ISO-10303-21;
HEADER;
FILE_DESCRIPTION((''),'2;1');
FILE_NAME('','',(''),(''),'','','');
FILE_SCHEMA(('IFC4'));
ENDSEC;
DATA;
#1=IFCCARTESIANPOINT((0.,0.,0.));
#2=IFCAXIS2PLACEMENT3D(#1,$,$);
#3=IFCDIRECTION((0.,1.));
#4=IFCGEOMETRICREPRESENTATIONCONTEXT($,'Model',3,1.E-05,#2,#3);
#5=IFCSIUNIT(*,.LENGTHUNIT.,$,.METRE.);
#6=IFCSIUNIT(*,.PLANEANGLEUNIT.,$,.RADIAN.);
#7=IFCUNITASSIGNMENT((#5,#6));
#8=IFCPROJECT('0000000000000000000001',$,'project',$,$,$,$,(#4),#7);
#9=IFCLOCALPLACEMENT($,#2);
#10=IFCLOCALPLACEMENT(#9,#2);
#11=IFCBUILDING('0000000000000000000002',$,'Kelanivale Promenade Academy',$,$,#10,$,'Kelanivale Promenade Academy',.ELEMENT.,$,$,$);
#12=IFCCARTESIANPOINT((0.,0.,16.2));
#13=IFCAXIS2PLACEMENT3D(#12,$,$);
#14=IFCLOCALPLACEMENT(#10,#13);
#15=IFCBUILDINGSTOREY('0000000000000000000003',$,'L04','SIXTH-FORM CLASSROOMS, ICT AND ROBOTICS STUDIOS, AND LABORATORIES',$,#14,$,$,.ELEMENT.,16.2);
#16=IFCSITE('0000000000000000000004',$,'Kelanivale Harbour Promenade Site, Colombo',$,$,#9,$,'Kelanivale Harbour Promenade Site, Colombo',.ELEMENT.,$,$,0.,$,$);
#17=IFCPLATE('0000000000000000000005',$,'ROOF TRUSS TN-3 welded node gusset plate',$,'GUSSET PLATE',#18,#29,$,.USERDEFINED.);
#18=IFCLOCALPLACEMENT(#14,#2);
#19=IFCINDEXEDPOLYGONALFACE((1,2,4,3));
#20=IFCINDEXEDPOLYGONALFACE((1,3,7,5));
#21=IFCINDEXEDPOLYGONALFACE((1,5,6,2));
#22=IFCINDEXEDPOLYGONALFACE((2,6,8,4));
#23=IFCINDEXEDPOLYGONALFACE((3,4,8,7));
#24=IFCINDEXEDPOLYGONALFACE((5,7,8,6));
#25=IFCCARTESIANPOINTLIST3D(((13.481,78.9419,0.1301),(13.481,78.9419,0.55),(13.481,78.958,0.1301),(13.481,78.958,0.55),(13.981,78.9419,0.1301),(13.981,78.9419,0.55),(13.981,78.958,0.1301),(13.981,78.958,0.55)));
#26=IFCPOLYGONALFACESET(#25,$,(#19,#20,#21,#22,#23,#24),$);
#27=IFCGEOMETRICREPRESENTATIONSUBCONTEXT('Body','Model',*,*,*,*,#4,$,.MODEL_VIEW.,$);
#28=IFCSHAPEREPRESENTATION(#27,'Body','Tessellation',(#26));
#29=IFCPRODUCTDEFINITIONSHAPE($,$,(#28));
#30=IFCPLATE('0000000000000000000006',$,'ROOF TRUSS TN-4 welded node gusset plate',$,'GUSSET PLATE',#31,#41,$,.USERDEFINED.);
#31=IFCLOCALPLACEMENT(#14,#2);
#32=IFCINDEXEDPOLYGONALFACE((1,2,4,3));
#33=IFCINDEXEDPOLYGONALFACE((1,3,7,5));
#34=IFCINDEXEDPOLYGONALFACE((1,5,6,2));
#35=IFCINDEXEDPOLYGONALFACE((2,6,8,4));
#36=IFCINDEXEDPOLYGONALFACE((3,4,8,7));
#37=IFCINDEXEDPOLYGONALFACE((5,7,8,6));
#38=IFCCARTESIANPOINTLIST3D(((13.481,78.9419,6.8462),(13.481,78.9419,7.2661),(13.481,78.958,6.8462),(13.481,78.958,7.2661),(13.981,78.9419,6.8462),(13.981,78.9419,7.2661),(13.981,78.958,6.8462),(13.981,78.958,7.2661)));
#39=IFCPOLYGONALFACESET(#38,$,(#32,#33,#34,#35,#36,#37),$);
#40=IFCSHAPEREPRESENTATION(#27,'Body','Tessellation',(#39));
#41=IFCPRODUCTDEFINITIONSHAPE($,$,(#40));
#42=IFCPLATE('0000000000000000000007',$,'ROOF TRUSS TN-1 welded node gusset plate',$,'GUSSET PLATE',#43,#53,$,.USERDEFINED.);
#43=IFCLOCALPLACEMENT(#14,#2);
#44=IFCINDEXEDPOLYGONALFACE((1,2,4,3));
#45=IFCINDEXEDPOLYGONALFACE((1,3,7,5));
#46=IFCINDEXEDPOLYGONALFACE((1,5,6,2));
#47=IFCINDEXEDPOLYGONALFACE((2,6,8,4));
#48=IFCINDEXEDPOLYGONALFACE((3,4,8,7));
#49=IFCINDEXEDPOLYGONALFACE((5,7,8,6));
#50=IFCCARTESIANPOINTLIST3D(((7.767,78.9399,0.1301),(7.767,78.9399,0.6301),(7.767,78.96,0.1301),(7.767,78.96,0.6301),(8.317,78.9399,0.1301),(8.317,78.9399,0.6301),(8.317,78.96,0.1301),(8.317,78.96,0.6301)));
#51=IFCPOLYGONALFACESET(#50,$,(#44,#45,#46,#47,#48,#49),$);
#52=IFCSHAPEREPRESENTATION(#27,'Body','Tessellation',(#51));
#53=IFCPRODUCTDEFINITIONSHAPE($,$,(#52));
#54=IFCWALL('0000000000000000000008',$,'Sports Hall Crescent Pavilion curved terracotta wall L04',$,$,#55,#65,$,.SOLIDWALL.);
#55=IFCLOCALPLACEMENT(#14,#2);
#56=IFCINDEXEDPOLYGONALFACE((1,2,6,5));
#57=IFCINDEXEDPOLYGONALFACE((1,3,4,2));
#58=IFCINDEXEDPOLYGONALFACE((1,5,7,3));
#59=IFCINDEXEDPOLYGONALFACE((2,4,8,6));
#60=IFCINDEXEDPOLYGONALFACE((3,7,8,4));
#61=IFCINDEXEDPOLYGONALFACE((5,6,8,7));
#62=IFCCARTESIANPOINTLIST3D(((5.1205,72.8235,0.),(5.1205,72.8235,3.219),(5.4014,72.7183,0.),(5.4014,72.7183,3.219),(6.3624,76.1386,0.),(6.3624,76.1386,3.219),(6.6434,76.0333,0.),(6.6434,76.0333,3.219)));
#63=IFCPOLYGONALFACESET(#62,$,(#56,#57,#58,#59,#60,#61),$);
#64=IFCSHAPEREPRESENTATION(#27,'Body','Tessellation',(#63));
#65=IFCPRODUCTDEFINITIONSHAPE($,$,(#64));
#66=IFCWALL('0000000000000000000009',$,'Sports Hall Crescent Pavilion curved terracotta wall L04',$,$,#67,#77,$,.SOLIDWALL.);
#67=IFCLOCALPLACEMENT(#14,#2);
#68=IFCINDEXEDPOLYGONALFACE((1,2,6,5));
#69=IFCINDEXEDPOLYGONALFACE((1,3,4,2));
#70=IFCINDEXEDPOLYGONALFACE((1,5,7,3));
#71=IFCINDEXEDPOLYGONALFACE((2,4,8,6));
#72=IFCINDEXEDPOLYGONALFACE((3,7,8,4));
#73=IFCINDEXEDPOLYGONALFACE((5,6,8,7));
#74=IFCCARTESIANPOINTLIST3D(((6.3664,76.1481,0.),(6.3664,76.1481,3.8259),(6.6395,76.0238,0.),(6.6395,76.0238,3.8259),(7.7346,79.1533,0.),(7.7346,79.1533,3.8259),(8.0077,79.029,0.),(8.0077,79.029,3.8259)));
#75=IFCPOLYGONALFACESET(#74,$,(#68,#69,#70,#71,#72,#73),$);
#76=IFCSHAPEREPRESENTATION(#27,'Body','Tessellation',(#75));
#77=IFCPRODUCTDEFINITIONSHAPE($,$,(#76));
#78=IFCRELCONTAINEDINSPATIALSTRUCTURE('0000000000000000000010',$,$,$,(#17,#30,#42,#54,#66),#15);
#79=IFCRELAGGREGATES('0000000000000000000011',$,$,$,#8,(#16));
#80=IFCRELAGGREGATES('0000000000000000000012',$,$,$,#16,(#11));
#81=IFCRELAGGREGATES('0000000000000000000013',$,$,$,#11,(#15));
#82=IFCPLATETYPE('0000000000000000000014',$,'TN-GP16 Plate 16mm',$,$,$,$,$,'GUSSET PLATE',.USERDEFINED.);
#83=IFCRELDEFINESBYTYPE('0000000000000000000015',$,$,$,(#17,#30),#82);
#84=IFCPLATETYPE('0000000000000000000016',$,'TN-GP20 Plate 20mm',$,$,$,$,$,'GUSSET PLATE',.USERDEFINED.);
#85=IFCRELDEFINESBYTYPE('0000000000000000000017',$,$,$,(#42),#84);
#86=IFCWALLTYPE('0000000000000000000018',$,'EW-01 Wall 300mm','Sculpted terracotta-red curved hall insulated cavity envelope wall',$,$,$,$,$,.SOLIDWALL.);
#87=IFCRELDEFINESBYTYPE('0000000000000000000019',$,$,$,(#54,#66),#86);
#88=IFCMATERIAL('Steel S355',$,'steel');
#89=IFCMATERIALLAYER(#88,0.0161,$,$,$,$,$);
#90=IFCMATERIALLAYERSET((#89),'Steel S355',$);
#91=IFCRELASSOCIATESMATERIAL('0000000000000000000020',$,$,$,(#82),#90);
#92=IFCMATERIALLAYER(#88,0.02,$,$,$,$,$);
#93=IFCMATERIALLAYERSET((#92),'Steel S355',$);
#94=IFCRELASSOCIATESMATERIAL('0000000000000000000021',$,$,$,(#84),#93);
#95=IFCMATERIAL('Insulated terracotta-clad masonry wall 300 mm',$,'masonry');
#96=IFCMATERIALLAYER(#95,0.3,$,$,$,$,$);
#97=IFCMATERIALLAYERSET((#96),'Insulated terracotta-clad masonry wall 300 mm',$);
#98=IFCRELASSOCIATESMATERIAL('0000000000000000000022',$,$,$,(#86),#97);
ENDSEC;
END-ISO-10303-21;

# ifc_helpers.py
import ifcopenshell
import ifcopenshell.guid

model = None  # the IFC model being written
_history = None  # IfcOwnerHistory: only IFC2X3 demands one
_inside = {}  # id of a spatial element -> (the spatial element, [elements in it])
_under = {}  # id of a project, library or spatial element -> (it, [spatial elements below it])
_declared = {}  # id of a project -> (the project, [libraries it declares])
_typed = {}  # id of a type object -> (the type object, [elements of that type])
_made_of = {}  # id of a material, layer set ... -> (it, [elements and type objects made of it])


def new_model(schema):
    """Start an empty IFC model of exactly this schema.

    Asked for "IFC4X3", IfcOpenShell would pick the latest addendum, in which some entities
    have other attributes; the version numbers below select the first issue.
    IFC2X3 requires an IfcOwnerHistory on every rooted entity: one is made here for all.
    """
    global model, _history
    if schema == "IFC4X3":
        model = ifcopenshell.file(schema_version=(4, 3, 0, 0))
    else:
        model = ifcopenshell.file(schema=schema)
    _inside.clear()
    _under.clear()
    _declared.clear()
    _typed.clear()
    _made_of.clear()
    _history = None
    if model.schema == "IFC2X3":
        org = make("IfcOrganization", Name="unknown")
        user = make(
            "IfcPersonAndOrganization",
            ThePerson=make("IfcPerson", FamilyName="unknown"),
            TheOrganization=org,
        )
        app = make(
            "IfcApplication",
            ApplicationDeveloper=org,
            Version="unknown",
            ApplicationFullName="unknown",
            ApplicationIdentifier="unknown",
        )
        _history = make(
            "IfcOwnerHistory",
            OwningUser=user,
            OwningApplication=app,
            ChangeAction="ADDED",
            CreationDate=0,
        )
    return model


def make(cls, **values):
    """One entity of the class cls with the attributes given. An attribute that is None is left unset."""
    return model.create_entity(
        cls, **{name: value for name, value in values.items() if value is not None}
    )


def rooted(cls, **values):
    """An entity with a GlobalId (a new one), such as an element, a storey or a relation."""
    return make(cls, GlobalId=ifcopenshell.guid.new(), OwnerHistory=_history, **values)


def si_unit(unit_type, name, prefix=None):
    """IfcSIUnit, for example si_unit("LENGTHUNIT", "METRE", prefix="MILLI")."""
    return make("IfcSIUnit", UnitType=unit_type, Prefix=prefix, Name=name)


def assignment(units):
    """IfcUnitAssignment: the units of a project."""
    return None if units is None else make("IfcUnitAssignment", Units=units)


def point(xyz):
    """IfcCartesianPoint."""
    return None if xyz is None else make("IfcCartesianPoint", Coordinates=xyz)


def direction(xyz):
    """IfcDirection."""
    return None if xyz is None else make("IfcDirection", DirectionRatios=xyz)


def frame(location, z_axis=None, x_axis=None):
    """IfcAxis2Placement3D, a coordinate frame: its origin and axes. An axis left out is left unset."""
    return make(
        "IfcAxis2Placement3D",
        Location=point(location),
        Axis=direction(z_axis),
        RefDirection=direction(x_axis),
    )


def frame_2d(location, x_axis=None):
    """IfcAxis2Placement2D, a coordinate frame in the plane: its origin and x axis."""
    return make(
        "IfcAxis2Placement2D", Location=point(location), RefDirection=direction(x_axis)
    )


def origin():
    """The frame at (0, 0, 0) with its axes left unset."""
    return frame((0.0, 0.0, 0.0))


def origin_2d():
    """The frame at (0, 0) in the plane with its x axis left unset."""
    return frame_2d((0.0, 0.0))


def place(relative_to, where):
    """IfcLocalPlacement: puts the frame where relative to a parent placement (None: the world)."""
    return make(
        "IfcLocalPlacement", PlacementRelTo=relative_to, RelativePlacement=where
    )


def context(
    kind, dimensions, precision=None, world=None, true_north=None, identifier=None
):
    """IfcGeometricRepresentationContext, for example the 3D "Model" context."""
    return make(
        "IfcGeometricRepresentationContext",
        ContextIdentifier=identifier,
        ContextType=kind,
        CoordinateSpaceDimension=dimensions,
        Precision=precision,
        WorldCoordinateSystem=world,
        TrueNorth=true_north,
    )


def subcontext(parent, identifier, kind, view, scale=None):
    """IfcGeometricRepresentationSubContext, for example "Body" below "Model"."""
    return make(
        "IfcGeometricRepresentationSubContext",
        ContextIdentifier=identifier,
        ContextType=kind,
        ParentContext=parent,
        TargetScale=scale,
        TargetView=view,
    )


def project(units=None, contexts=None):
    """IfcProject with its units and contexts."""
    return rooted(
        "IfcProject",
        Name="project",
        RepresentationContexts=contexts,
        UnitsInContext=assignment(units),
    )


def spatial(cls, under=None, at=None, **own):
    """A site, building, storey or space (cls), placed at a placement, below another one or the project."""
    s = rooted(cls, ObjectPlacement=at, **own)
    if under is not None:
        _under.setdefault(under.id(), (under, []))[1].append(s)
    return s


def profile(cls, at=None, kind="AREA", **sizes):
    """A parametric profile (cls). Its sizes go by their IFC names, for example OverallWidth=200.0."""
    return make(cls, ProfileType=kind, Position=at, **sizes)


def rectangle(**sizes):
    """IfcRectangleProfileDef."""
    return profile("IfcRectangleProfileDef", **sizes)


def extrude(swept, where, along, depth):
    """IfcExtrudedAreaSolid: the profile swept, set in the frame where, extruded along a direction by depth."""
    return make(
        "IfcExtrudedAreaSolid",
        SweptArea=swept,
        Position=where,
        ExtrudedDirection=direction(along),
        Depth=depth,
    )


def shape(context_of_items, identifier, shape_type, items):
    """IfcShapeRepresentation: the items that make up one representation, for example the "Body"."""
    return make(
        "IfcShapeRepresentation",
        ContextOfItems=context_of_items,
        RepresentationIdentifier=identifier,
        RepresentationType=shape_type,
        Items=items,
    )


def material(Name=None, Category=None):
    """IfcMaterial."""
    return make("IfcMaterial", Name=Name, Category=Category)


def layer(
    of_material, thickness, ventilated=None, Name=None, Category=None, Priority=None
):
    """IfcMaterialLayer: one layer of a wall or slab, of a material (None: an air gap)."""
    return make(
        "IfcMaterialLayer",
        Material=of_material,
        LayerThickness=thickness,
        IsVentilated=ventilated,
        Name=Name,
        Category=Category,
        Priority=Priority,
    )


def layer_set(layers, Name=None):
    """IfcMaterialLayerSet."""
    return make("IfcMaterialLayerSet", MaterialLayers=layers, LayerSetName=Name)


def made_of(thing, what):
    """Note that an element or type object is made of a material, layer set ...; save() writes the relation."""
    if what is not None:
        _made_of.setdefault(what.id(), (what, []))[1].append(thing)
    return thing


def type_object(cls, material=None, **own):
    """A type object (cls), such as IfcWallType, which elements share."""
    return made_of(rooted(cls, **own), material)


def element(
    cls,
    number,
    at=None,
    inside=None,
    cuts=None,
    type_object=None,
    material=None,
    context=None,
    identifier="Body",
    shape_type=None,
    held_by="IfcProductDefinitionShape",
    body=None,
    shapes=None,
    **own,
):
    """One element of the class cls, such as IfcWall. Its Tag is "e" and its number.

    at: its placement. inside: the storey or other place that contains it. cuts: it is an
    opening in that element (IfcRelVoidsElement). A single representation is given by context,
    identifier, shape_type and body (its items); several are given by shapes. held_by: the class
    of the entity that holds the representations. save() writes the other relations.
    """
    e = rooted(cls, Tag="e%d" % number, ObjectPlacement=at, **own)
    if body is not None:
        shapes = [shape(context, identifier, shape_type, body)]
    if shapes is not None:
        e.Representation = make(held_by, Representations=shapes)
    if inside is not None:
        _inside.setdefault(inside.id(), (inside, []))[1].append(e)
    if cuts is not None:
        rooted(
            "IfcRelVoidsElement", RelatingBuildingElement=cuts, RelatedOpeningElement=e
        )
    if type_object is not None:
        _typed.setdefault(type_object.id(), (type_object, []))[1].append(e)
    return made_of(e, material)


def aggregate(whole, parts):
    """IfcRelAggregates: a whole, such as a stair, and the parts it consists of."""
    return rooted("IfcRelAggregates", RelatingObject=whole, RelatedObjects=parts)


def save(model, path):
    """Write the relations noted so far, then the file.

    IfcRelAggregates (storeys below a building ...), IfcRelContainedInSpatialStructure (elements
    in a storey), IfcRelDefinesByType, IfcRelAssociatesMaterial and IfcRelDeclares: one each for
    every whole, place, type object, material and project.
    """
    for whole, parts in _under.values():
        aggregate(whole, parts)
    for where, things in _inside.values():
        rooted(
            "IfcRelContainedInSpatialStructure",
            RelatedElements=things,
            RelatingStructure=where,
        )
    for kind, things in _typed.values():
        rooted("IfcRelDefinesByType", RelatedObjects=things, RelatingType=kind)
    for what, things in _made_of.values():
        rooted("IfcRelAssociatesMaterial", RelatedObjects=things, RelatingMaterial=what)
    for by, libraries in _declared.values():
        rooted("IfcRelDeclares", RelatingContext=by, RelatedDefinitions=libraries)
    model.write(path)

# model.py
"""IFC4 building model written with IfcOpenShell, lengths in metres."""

from ifc_helpers import new_model, si_unit, direction, frame, frame_2d, origin, origin_2d, place, context, subcontext, project, spatial, rectangle, extrude, material, layer, layer_set, type_object, element, save


model = new_model("IFC4")

# Units and contexts
model_context = context("Model", 3, precision=1e-05, world=origin(), true_north=direction((0.0, 1.0)))
body_context = subcontext(model_context, "Body", "Model", "MODEL_VIEW")
ifc_project = project(units=[si_unit("LENGTHUNIT", "METRE"), si_unit("PLANEANGLEUNIT", "RADIAN")], contexts=[model_context])

# Site, building, storey
site_placement = place(None, origin())
site = spatial("IfcSite", under=ifc_project, at=site_placement, Name="Kelanivale Harbour Promenade Site, Colombo", LongName="Kelanivale Harbour Promenade Site, Colombo", CompositionType="ELEMENT", RefElevation=0.0)
building_placement = place(site_placement, origin())
building = spatial("IfcBuilding", under=site, at=building_placement, Name="Kelanivale Promenade Academy", LongName="Kelanivale Promenade Academy", CompositionType="ELEMENT")
storey_placement = place(building_placement, frame((0.0, 0.0, 16.2)))
storey = spatial("IfcBuildingStorey", under=building, at=storey_placement, Name="L04", Description="SIXTH-FORM CLASSROOMS, ICT AND ROBOTICS STUDIOS, AND LABORATORIES", CompositionType="ELEMENT", Elevation=16.2)

# Shared definitions
ifc_material_1 = material(Name="Steel S355", Category="steel")

# Plates
ifc_layer_1 = layer(ifc_material_1, 0.0161)
ifc_layer_set_1 = layer_set([ifc_layer_1], Name="Steel S355")
plate_type_1 = type_object("IfcPlateType", Name="TN-GP16 Plate 16mm", ElementType="GUSSET PLATE", PredefinedType="USERDEFINED", material=ifc_layer_set_1)
for number, where, z_axis, x_axis, name in (
    (1, (13.731, 78.95, 0.1301), (0.0, 0.0, 1.0), (1.0, 0.0, 0.0), "ROOF TRUSS TN-3 welded node gusset plate"),
    (2, (13.731, 78.95, 6.8462), (0.0, 0.0, 1.0), (1.0, 0.0, 0.0), "ROOF TRUSS TN-4 welded node gusset plate"),
):
    element("IfcPlate", number, at=place(storey_placement, frame(where, z_axis=z_axis, x_axis=x_axis)), inside=storey, type_object=plate_type_1, Name=name, ObjectType="GUSSET PLATE", PredefinedType="USERDEFINED", context=body_context, shape_type="SweptSolid", body=[
        extrude(rectangle(XDim=0.5, YDim=0.0161, at=origin_2d()), origin(), (0.0, 0.0, 1.0), 0.4199),
    ])
ifc_layer_2 = layer(ifc_material_1, 0.02)
ifc_layer_set_2 = layer_set([ifc_layer_2], Name="Steel S355")
plate_type_2 = type_object("IfcPlateType", Name="TN-GP20 Plate 20mm", ElementType="GUSSET PLATE", PredefinedType="USERDEFINED", material=ifc_layer_set_2)
plate_1_placement = place(storey_placement, frame((8.042, 78.95, 0.1301), z_axis=(0.0, 0.0, 1.0), x_axis=(1.0, 0.0, 0.0)))
element("IfcPlate", 3, at=plate_1_placement, inside=storey, type_object=plate_type_2, Name="ROOF TRUSS TN-1 welded node gusset plate", ObjectType="GUSSET PLATE", PredefinedType="USERDEFINED", context=body_context, shape_type="SweptSolid", body=[
    extrude(rectangle(XDim=0.55, YDim=0.02, at=origin_2d()), origin(), (0.0, 0.0, 1.0), 0.5),
])

# Walls
ifc_material_2 = material(Name="Insulated terracotta-clad masonry wall 300 mm", Category="masonry")
ifc_layer_3 = layer(ifc_material_2, 0.3)
ifc_layer_set_3 = layer_set([ifc_layer_3], Name="Insulated terracotta-clad masonry wall 300 mm")
wall_type = type_object("IfcWallType", Name="EW-01 Wall 300mm", Description="Sculpted terracotta-red curved hall insulated cavity envelope wall", PredefinedType="SOLIDWALL", material=ifc_layer_set_3)
wall_1_placement = place(storey_placement, frame((6.5029, 76.0859, 0.0), z_axis=(0.0, 0.0, 1.0), x_axis=(-0.350836, -0.936437, 0.0)))
element("IfcWall", 4, at=wall_1_placement, inside=storey, type_object=wall_type, Name="Sports Hall Crescent Pavilion curved terracotta wall L04", PredefinedType="SOLIDWALL", context=body_context, shape_type="SweptSolid", body=[
    extrude(rectangle(XDim=3.54, YDim=0.3, at=frame_2d((1.77, 0.0))), origin(), (0.0, 0.0, 1.0), 3.219),
])
wall_2_placement = place(storey_placement, frame((7.8711, 79.0911, 0.0), z_axis=(0.0, 0.0, 1.0), x_axis=(-0.414354, -0.910116, 0.0)))
element("IfcWall", 5, at=wall_2_placement, inside=storey, type_object=wall_type, Name="Sports Hall Crescent Pavilion curved terracotta wall L04", PredefinedType="SOLIDWALL", context=body_context, shape_type="SweptSolid", body=[
    extrude(rectangle(XDim=3.302, YDim=0.3, at=frame_2d((1.6509, 0.0))), origin(), (0.0, 0.0, 1.0), 3.8259),
])

save(model, "model.ifc")
